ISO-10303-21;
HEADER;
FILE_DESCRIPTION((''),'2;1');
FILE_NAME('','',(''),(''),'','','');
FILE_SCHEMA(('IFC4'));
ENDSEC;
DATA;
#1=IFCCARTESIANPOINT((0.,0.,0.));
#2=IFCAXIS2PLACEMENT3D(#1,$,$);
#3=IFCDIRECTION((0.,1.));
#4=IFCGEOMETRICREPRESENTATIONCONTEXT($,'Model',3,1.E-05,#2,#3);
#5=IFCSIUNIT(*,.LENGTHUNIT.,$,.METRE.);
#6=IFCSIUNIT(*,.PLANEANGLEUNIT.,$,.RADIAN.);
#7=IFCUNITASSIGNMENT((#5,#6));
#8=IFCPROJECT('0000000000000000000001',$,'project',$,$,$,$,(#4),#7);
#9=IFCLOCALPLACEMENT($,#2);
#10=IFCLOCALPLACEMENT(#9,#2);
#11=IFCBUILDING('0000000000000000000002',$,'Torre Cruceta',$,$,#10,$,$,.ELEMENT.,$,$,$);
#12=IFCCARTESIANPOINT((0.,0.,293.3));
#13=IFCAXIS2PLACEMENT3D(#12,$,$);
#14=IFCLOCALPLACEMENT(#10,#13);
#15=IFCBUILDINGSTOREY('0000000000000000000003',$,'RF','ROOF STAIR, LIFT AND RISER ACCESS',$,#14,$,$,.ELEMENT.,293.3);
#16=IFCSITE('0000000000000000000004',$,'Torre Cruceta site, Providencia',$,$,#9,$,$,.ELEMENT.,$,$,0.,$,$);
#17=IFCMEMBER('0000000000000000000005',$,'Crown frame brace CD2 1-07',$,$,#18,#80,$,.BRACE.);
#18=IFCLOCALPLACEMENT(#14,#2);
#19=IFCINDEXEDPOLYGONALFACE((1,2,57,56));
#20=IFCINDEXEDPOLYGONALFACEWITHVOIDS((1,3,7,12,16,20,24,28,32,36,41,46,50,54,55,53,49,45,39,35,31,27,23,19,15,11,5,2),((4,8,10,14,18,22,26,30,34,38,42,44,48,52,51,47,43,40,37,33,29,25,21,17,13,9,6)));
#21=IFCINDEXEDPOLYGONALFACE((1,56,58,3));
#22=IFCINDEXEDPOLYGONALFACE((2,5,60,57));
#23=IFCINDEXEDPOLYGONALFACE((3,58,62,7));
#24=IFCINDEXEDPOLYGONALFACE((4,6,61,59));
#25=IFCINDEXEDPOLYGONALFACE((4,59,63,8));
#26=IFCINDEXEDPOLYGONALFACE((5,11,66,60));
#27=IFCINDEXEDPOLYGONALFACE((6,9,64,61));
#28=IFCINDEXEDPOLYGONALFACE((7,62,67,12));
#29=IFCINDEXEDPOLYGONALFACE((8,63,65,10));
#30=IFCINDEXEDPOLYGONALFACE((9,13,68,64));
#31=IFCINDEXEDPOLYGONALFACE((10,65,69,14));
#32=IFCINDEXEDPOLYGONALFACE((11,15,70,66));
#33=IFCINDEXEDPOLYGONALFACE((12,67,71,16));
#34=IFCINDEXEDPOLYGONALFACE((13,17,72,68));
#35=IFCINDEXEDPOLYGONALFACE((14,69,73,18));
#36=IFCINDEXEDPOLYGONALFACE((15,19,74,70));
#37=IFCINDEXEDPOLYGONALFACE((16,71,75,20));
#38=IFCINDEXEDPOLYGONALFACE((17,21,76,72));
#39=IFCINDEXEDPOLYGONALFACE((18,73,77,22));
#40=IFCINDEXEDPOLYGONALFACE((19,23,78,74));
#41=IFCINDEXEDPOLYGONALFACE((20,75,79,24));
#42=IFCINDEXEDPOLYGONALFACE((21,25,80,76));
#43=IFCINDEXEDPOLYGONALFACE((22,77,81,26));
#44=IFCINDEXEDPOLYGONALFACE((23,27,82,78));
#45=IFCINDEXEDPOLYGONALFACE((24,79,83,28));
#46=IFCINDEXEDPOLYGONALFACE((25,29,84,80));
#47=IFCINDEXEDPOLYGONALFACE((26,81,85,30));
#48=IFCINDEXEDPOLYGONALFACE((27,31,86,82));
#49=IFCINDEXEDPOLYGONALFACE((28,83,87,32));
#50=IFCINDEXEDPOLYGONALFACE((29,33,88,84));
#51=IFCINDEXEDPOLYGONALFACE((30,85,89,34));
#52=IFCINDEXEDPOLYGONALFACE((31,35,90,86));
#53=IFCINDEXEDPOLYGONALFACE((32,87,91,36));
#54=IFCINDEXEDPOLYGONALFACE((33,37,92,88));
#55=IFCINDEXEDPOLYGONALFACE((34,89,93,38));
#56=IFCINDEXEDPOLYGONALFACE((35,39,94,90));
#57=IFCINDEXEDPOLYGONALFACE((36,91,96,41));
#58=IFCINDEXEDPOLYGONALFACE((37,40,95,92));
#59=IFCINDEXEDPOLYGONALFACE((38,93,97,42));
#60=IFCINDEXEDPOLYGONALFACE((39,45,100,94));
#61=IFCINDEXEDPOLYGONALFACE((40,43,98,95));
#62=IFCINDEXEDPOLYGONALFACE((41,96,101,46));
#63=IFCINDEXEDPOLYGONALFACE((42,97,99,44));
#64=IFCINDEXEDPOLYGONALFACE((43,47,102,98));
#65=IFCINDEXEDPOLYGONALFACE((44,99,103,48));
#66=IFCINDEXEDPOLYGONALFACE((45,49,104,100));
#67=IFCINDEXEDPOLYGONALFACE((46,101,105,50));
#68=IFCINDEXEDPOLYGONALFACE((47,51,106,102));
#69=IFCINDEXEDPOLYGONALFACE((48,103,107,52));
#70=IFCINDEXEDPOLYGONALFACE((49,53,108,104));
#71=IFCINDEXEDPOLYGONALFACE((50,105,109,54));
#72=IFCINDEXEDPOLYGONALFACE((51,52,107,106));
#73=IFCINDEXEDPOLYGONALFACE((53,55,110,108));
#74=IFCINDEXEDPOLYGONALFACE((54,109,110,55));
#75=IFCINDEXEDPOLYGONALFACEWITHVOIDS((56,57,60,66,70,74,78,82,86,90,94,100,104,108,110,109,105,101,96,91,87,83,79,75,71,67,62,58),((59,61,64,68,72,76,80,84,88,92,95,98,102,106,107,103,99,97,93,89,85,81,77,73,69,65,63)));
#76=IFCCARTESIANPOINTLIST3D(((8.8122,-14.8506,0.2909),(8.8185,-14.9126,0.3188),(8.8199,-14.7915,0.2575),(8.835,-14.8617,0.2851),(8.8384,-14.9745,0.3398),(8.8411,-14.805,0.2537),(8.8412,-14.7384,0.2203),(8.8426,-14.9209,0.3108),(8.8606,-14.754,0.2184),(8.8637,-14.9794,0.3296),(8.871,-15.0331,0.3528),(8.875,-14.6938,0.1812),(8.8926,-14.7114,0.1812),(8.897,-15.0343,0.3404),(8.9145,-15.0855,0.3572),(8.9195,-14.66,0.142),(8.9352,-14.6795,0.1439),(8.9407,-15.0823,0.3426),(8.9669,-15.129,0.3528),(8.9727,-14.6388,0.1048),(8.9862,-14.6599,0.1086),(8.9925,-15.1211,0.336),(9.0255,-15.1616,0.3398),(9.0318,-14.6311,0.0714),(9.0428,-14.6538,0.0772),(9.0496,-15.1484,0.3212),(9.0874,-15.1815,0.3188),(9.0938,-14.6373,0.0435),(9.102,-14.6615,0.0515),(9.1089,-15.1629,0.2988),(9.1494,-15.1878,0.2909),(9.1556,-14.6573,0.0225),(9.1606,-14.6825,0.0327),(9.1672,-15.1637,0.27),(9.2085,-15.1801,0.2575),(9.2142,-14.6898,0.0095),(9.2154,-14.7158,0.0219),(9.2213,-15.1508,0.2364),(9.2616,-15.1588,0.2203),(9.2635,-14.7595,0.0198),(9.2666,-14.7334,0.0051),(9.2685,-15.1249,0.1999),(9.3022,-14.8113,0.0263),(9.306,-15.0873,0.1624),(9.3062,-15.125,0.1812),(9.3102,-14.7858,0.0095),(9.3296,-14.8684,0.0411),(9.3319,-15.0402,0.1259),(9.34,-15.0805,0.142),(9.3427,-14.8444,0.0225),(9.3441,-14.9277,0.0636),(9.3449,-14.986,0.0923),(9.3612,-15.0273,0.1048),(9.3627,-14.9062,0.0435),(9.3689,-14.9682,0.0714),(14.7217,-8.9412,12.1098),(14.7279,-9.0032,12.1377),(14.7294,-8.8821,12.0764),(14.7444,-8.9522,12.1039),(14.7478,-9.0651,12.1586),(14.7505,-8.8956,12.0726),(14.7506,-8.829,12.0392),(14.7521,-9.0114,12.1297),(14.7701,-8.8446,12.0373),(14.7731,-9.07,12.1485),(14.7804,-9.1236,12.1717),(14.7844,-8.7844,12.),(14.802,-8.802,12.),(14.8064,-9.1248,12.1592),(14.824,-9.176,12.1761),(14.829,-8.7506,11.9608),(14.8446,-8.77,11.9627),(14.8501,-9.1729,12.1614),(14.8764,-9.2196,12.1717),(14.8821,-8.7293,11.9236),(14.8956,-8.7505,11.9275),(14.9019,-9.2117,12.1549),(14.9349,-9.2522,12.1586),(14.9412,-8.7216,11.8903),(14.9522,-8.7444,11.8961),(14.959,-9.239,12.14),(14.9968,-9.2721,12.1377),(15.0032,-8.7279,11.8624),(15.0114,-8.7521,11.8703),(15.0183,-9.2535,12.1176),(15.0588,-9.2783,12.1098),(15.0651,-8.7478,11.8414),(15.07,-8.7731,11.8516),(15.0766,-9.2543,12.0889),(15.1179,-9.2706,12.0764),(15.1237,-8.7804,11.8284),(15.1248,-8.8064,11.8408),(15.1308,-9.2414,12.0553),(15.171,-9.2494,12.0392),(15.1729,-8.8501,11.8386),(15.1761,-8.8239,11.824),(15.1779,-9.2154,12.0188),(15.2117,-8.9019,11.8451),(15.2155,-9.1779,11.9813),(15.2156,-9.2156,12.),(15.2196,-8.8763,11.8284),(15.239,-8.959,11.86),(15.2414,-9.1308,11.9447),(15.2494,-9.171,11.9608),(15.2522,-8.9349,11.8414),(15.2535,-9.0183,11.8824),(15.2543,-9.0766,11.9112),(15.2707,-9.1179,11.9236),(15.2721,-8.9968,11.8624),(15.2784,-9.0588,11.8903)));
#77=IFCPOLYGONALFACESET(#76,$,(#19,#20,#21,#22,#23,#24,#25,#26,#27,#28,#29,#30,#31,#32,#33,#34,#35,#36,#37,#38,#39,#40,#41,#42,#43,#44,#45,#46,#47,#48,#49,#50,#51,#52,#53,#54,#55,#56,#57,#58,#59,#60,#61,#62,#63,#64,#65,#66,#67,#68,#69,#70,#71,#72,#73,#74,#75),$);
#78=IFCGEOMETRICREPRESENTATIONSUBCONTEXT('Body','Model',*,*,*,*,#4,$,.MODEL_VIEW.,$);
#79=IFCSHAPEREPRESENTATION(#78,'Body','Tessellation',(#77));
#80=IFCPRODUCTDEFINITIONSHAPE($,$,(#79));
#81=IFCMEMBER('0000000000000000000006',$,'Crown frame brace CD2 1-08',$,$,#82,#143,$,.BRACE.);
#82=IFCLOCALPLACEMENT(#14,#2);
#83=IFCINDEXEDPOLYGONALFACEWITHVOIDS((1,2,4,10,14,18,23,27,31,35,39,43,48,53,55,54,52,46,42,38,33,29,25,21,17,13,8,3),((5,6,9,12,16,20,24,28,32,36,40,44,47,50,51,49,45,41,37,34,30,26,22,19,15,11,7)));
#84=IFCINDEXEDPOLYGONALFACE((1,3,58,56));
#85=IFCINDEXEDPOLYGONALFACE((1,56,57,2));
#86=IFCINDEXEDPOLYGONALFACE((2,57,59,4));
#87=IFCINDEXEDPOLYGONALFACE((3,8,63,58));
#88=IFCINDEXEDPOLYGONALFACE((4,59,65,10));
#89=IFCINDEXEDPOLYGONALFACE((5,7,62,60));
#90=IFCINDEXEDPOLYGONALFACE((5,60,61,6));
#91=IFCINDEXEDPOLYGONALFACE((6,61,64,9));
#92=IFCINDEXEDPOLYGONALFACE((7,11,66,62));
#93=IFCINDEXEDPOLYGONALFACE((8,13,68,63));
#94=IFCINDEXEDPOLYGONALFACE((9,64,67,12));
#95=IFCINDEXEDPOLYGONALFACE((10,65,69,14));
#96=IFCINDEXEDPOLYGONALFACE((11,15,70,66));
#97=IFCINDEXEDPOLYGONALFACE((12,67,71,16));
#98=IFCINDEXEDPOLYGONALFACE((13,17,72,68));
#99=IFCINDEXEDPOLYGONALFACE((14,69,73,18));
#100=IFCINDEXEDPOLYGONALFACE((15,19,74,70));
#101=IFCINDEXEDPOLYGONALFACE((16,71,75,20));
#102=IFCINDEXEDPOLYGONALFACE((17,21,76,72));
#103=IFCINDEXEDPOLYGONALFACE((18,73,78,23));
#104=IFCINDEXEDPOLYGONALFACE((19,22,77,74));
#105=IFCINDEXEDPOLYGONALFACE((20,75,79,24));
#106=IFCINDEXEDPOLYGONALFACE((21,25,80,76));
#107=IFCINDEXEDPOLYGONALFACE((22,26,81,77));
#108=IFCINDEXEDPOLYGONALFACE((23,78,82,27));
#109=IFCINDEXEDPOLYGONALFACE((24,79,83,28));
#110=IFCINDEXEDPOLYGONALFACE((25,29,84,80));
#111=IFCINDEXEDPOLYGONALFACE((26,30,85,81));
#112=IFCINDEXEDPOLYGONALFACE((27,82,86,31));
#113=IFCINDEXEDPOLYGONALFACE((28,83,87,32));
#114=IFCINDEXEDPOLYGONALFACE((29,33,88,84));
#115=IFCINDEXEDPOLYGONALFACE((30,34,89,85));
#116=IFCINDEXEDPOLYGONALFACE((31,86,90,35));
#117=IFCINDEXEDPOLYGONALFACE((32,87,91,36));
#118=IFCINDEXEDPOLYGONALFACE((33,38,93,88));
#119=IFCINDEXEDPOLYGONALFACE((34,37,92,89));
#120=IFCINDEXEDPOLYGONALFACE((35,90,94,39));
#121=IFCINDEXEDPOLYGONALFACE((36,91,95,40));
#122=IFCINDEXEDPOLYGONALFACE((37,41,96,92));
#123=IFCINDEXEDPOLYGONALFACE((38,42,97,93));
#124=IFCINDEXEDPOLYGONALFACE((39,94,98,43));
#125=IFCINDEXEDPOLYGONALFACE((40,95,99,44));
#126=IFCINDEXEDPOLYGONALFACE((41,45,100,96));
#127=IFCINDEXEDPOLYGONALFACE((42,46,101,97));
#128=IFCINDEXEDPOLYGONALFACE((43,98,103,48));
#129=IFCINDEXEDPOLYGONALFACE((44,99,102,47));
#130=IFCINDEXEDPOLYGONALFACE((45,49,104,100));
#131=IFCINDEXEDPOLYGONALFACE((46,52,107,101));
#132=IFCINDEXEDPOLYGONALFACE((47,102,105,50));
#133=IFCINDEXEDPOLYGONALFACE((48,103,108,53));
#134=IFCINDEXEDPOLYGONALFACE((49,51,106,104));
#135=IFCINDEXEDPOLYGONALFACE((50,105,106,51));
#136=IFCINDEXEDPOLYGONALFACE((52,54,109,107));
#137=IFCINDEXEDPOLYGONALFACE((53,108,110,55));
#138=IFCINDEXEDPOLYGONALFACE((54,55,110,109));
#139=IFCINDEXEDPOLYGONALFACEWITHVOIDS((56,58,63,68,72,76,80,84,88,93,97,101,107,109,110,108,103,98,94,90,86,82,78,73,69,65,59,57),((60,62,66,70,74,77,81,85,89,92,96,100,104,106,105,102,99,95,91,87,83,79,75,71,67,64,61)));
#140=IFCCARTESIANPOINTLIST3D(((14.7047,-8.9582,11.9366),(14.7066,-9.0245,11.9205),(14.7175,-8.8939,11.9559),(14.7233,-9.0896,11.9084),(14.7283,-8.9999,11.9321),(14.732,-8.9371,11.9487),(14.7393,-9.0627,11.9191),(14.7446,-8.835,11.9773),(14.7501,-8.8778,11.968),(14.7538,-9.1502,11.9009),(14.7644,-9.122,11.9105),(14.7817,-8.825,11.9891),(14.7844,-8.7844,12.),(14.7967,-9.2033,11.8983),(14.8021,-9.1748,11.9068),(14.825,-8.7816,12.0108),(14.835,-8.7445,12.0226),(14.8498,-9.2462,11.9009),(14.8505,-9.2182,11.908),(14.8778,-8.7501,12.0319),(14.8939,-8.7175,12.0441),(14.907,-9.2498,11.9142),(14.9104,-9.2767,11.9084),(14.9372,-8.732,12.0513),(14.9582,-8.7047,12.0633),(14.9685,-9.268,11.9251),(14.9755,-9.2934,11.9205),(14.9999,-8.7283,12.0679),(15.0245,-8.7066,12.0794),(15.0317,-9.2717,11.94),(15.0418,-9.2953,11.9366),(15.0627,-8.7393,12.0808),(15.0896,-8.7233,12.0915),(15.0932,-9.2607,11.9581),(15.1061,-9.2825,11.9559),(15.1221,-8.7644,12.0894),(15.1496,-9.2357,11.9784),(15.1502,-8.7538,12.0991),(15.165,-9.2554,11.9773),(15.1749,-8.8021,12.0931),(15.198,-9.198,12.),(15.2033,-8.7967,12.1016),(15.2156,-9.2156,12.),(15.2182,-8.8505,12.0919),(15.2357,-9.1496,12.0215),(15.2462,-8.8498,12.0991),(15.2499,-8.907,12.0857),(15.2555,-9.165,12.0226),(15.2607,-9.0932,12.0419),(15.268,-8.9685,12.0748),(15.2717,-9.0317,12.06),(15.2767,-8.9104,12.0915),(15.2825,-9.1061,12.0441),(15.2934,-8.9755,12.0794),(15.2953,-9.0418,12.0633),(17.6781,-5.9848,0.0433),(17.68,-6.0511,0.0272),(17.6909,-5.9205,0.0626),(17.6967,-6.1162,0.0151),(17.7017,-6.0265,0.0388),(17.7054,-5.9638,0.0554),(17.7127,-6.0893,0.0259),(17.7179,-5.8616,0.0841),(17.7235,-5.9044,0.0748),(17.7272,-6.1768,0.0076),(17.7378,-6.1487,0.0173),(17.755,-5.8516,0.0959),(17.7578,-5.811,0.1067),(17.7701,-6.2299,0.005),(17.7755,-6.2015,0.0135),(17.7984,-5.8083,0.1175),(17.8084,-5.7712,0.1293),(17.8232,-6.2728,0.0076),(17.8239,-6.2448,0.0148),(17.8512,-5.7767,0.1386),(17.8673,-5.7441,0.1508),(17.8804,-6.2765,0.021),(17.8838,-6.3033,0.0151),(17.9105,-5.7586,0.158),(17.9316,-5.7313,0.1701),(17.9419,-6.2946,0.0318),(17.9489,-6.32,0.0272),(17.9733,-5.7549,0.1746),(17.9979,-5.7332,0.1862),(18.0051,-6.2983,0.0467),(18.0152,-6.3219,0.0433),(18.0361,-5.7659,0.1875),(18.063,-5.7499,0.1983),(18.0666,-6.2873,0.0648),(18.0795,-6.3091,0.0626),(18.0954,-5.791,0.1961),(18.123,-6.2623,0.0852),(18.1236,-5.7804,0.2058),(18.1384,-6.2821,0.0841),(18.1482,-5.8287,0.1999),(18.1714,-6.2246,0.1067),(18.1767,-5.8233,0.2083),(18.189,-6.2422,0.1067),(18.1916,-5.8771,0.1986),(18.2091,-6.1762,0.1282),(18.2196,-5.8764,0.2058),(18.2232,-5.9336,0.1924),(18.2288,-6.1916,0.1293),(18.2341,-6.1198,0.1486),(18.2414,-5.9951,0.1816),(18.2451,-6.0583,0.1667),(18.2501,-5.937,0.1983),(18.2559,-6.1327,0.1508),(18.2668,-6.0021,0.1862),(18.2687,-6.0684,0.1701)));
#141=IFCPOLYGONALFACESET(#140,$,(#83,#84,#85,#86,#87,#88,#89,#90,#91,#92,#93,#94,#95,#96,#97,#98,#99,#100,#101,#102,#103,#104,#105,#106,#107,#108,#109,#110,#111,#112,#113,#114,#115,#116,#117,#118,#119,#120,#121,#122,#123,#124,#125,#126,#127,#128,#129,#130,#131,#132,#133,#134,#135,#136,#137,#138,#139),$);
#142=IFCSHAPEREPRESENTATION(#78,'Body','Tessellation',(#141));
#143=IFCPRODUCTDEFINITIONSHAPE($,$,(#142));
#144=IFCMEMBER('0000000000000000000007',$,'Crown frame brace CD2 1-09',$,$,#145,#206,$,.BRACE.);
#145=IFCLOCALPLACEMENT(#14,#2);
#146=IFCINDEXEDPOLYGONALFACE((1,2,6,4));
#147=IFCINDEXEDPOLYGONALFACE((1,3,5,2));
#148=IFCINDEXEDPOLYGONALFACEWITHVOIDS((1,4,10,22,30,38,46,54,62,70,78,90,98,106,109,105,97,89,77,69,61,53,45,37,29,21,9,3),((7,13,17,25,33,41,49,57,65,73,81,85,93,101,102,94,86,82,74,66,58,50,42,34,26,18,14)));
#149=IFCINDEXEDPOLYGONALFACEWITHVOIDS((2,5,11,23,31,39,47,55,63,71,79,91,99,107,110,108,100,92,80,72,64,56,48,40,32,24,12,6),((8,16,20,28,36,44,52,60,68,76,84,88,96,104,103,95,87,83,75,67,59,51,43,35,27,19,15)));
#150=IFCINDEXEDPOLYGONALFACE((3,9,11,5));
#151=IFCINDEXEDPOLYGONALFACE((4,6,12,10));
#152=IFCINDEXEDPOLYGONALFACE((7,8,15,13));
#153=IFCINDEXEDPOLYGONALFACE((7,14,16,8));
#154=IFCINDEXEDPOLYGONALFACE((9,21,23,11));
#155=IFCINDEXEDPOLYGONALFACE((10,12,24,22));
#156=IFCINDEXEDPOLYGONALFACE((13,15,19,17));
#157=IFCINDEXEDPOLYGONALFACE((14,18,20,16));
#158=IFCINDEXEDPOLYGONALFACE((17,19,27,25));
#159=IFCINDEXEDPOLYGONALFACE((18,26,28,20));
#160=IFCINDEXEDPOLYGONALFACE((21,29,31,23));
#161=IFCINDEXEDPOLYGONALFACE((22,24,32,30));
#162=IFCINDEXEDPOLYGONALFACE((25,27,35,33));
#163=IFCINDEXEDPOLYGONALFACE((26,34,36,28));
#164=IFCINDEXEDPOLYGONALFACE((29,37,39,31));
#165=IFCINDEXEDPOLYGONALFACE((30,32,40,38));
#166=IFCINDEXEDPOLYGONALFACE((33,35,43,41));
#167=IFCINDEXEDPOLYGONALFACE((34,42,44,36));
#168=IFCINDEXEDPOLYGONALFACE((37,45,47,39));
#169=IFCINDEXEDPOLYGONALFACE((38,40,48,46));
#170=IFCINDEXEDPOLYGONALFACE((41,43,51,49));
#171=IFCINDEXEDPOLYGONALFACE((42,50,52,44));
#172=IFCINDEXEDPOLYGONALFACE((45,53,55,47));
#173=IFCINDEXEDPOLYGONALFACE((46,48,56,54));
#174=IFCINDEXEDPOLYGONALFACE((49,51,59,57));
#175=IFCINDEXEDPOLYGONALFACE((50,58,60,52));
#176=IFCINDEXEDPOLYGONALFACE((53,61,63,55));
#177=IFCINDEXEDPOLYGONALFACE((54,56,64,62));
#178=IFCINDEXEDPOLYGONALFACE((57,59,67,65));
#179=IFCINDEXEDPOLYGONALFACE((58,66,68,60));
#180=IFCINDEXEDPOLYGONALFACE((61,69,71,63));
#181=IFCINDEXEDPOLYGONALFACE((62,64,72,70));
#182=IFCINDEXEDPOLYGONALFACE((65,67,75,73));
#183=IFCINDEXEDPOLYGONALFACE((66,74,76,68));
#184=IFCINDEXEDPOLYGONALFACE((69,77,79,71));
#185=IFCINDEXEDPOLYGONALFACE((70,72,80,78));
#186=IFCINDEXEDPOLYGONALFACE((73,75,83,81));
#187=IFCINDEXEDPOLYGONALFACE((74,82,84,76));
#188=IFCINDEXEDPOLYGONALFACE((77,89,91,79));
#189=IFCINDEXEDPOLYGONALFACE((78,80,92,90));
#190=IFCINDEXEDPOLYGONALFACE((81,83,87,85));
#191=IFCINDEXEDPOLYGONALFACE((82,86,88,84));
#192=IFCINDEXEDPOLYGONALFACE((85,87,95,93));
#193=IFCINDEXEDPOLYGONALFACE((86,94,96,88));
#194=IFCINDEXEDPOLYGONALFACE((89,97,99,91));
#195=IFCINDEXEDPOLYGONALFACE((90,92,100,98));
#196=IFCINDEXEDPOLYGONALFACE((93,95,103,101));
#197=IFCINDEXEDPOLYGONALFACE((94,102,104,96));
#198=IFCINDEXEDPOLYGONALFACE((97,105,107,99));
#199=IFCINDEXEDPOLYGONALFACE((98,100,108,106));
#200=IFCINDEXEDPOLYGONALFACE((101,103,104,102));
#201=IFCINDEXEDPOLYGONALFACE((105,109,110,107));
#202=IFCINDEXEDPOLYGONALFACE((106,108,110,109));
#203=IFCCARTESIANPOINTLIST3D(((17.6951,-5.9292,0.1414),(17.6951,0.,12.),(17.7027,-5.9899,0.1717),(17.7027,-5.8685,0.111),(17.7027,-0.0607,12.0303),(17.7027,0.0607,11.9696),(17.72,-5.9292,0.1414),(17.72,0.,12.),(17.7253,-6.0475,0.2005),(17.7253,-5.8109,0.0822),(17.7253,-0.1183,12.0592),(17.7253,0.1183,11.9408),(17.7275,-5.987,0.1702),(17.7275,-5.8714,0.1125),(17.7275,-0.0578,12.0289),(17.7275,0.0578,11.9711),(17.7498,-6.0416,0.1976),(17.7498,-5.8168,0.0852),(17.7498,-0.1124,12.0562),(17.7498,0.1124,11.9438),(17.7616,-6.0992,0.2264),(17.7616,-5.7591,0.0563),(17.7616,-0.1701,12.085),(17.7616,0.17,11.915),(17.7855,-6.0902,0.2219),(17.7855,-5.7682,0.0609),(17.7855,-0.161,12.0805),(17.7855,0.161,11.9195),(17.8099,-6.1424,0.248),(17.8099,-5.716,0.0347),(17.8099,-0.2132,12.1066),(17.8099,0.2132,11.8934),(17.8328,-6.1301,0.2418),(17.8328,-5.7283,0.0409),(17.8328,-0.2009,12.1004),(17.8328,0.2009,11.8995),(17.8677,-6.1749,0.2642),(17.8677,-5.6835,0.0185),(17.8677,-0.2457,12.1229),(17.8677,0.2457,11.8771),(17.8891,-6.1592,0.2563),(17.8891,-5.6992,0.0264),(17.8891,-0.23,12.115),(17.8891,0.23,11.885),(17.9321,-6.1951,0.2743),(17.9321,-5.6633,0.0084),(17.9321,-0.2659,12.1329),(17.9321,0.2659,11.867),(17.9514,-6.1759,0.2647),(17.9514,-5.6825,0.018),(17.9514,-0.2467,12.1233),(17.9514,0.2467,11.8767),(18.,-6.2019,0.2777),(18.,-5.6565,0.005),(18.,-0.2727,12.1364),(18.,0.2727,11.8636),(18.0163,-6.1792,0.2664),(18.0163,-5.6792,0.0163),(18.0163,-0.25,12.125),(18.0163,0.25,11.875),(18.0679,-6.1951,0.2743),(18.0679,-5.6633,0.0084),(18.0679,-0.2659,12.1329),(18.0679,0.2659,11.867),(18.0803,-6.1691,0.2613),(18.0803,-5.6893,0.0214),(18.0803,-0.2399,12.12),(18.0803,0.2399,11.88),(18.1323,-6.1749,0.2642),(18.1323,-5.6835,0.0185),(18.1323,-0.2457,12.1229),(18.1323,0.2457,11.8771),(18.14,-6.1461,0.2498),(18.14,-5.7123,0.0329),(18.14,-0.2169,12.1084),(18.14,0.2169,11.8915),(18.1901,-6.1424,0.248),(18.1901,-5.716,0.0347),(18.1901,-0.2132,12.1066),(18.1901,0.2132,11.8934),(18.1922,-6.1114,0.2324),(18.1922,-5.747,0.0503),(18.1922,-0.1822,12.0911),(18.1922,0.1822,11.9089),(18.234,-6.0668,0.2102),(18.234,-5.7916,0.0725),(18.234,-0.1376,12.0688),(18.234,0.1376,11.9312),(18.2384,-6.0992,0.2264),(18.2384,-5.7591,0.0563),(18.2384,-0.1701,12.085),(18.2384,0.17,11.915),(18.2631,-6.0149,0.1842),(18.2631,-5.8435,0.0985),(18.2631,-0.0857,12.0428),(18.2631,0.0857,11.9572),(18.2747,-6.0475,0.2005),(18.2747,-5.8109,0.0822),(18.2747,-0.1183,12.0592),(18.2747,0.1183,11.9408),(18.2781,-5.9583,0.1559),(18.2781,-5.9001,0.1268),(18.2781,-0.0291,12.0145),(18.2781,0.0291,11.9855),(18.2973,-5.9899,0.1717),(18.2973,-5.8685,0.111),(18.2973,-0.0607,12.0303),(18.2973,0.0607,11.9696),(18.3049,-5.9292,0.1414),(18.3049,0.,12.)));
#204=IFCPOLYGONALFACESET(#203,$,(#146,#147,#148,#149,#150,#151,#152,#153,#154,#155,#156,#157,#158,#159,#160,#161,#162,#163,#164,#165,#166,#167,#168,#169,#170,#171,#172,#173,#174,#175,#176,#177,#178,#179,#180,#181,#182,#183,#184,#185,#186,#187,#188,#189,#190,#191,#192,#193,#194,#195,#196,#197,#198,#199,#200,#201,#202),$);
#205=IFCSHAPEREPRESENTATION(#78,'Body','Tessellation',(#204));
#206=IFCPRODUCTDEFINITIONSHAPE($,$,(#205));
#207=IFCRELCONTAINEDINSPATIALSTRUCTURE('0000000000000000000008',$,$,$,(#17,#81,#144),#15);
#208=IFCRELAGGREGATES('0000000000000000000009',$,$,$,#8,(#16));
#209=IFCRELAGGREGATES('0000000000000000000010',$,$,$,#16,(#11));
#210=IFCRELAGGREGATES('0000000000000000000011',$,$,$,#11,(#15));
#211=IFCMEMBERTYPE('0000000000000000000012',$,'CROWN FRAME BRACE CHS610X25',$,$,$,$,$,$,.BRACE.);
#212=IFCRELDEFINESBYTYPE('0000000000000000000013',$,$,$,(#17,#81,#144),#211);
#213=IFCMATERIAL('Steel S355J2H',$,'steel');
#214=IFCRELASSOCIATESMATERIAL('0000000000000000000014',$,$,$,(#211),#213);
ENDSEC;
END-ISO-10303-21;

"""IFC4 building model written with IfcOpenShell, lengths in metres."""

from ifc_helpers import new_model, si_unit, direction, frame, origin, origin_2d, place, context, subcontext, project, spatial, hollow_circle, extrude, material, material_profile, profile_set, type_object, element, save


model = new_model("IFC4")

# Units and contexts
model_context = context("Model", 3, precision=1e-05, world=origin(), true_north=direction((0.0, 1.0)))
body_context = subcontext(model_context, "Body", "Model", "MODEL_VIEW")
ifc_project = project(units=[si_unit("LENGTHUNIT", "METRE"), si_unit("PLANEANGLEUNIT", "RADIAN")], contexts=[model_context])

# Site, building, storey
site_placement = place(None, origin())
site = spatial("IfcSite", under=ifc_project, at=site_placement, Name="Torre Cruceta site, Providencia", CompositionType="ELEMENT", RefElevation=0.0)
building_placement = place(site_placement, origin())
building = spatial("IfcBuilding", under=site, at=building_placement, Name="Torre Cruceta", CompositionType="ELEMENT")
storey_placement = place(building_placement, frame((0.0, 0.0, 293.3)))
storey = spatial("IfcBuildingStorey", under=building, at=storey_placement, Name="RF", Description="ROOF STAIR, LIFT AND RISER ACCESS", CompositionType="ELEMENT", Elevation=293.3)

# Members
ifc_material_1 = material(Name="Steel S355J2H", Category="steel")
ifc_material_profile_1 = material_profile(ifc_material_1, hollow_circle(Radius=0.3049, WallThickness=0.0249, at=origin_2d()), Name="CHS610X25")
ifc_profile_set_1 = profile_set([ifc_material_profile_1], Name="Steel S355J2H")
member_type_1 = type_object("IfcMemberType", Name="CROWN FRAME BRACE CHS610X25", PredefinedType="BRACE", material=ifc_profile_set_1)
member_1_placement = place(storey_placement, frame((9.0906, -14.9094, 0.1812), z_axis=(0.408248, 0.408248, 0.816497), x_axis=(-0.707107, 0.707107, 0.0)))
element("IfcMember", 1, at=member_1_placement, inside=storey, type_object=member_type_1, Name="Crown frame brace CD2 1-07", PredefinedType="BRACE", context=body_context, shape_type="SweptSolid", body=[
    extrude(hollow_circle(Radius=0.3049, WallThickness=0.0249, at=origin_2d()), origin(), (0.0, 0.0, 1.0), 14.4751),
])
member_2_placement = place(storey_placement, frame((17.9734, -6.0266, 0.1067), z_axis=(-0.235707, -0.235707, 0.942807), x_axis=(0.707107, -0.707107, 0.0)))
element("IfcMember", 2, at=member_2_placement, inside=storey, type_object=member_type_1, Name="Crown frame brace CD2 1-08", PredefinedType="BRACE", context=body_context, shape_type="SweptSolid", body=[
    extrude(hollow_circle(Radius=0.3049, WallThickness=0.0249, at=origin_2d()), origin(), (0.0, 0.0, 1.0), 12.6147),
])
member_3_placement = place(storey_placement, frame((18.0, -5.9292, 0.1414), z_axis=(0.0, 0.447206, 0.894431), x_axis=(-1.0, 0.0, 0.0)))
element("IfcMember", 3, at=member_3_placement, inside=storey, type_object=member_type_1, Name="Crown frame brace CD2 1-09", PredefinedType="BRACE", context=body_context, shape_type="SweptSolid", body=[
    extrude(hollow_circle(Radius=0.3049, WallThickness=0.0249, at=origin_2d()), origin(), (0.0, 0.0, 1.0), 13.2583),
])

save(model, "model.ifc")
